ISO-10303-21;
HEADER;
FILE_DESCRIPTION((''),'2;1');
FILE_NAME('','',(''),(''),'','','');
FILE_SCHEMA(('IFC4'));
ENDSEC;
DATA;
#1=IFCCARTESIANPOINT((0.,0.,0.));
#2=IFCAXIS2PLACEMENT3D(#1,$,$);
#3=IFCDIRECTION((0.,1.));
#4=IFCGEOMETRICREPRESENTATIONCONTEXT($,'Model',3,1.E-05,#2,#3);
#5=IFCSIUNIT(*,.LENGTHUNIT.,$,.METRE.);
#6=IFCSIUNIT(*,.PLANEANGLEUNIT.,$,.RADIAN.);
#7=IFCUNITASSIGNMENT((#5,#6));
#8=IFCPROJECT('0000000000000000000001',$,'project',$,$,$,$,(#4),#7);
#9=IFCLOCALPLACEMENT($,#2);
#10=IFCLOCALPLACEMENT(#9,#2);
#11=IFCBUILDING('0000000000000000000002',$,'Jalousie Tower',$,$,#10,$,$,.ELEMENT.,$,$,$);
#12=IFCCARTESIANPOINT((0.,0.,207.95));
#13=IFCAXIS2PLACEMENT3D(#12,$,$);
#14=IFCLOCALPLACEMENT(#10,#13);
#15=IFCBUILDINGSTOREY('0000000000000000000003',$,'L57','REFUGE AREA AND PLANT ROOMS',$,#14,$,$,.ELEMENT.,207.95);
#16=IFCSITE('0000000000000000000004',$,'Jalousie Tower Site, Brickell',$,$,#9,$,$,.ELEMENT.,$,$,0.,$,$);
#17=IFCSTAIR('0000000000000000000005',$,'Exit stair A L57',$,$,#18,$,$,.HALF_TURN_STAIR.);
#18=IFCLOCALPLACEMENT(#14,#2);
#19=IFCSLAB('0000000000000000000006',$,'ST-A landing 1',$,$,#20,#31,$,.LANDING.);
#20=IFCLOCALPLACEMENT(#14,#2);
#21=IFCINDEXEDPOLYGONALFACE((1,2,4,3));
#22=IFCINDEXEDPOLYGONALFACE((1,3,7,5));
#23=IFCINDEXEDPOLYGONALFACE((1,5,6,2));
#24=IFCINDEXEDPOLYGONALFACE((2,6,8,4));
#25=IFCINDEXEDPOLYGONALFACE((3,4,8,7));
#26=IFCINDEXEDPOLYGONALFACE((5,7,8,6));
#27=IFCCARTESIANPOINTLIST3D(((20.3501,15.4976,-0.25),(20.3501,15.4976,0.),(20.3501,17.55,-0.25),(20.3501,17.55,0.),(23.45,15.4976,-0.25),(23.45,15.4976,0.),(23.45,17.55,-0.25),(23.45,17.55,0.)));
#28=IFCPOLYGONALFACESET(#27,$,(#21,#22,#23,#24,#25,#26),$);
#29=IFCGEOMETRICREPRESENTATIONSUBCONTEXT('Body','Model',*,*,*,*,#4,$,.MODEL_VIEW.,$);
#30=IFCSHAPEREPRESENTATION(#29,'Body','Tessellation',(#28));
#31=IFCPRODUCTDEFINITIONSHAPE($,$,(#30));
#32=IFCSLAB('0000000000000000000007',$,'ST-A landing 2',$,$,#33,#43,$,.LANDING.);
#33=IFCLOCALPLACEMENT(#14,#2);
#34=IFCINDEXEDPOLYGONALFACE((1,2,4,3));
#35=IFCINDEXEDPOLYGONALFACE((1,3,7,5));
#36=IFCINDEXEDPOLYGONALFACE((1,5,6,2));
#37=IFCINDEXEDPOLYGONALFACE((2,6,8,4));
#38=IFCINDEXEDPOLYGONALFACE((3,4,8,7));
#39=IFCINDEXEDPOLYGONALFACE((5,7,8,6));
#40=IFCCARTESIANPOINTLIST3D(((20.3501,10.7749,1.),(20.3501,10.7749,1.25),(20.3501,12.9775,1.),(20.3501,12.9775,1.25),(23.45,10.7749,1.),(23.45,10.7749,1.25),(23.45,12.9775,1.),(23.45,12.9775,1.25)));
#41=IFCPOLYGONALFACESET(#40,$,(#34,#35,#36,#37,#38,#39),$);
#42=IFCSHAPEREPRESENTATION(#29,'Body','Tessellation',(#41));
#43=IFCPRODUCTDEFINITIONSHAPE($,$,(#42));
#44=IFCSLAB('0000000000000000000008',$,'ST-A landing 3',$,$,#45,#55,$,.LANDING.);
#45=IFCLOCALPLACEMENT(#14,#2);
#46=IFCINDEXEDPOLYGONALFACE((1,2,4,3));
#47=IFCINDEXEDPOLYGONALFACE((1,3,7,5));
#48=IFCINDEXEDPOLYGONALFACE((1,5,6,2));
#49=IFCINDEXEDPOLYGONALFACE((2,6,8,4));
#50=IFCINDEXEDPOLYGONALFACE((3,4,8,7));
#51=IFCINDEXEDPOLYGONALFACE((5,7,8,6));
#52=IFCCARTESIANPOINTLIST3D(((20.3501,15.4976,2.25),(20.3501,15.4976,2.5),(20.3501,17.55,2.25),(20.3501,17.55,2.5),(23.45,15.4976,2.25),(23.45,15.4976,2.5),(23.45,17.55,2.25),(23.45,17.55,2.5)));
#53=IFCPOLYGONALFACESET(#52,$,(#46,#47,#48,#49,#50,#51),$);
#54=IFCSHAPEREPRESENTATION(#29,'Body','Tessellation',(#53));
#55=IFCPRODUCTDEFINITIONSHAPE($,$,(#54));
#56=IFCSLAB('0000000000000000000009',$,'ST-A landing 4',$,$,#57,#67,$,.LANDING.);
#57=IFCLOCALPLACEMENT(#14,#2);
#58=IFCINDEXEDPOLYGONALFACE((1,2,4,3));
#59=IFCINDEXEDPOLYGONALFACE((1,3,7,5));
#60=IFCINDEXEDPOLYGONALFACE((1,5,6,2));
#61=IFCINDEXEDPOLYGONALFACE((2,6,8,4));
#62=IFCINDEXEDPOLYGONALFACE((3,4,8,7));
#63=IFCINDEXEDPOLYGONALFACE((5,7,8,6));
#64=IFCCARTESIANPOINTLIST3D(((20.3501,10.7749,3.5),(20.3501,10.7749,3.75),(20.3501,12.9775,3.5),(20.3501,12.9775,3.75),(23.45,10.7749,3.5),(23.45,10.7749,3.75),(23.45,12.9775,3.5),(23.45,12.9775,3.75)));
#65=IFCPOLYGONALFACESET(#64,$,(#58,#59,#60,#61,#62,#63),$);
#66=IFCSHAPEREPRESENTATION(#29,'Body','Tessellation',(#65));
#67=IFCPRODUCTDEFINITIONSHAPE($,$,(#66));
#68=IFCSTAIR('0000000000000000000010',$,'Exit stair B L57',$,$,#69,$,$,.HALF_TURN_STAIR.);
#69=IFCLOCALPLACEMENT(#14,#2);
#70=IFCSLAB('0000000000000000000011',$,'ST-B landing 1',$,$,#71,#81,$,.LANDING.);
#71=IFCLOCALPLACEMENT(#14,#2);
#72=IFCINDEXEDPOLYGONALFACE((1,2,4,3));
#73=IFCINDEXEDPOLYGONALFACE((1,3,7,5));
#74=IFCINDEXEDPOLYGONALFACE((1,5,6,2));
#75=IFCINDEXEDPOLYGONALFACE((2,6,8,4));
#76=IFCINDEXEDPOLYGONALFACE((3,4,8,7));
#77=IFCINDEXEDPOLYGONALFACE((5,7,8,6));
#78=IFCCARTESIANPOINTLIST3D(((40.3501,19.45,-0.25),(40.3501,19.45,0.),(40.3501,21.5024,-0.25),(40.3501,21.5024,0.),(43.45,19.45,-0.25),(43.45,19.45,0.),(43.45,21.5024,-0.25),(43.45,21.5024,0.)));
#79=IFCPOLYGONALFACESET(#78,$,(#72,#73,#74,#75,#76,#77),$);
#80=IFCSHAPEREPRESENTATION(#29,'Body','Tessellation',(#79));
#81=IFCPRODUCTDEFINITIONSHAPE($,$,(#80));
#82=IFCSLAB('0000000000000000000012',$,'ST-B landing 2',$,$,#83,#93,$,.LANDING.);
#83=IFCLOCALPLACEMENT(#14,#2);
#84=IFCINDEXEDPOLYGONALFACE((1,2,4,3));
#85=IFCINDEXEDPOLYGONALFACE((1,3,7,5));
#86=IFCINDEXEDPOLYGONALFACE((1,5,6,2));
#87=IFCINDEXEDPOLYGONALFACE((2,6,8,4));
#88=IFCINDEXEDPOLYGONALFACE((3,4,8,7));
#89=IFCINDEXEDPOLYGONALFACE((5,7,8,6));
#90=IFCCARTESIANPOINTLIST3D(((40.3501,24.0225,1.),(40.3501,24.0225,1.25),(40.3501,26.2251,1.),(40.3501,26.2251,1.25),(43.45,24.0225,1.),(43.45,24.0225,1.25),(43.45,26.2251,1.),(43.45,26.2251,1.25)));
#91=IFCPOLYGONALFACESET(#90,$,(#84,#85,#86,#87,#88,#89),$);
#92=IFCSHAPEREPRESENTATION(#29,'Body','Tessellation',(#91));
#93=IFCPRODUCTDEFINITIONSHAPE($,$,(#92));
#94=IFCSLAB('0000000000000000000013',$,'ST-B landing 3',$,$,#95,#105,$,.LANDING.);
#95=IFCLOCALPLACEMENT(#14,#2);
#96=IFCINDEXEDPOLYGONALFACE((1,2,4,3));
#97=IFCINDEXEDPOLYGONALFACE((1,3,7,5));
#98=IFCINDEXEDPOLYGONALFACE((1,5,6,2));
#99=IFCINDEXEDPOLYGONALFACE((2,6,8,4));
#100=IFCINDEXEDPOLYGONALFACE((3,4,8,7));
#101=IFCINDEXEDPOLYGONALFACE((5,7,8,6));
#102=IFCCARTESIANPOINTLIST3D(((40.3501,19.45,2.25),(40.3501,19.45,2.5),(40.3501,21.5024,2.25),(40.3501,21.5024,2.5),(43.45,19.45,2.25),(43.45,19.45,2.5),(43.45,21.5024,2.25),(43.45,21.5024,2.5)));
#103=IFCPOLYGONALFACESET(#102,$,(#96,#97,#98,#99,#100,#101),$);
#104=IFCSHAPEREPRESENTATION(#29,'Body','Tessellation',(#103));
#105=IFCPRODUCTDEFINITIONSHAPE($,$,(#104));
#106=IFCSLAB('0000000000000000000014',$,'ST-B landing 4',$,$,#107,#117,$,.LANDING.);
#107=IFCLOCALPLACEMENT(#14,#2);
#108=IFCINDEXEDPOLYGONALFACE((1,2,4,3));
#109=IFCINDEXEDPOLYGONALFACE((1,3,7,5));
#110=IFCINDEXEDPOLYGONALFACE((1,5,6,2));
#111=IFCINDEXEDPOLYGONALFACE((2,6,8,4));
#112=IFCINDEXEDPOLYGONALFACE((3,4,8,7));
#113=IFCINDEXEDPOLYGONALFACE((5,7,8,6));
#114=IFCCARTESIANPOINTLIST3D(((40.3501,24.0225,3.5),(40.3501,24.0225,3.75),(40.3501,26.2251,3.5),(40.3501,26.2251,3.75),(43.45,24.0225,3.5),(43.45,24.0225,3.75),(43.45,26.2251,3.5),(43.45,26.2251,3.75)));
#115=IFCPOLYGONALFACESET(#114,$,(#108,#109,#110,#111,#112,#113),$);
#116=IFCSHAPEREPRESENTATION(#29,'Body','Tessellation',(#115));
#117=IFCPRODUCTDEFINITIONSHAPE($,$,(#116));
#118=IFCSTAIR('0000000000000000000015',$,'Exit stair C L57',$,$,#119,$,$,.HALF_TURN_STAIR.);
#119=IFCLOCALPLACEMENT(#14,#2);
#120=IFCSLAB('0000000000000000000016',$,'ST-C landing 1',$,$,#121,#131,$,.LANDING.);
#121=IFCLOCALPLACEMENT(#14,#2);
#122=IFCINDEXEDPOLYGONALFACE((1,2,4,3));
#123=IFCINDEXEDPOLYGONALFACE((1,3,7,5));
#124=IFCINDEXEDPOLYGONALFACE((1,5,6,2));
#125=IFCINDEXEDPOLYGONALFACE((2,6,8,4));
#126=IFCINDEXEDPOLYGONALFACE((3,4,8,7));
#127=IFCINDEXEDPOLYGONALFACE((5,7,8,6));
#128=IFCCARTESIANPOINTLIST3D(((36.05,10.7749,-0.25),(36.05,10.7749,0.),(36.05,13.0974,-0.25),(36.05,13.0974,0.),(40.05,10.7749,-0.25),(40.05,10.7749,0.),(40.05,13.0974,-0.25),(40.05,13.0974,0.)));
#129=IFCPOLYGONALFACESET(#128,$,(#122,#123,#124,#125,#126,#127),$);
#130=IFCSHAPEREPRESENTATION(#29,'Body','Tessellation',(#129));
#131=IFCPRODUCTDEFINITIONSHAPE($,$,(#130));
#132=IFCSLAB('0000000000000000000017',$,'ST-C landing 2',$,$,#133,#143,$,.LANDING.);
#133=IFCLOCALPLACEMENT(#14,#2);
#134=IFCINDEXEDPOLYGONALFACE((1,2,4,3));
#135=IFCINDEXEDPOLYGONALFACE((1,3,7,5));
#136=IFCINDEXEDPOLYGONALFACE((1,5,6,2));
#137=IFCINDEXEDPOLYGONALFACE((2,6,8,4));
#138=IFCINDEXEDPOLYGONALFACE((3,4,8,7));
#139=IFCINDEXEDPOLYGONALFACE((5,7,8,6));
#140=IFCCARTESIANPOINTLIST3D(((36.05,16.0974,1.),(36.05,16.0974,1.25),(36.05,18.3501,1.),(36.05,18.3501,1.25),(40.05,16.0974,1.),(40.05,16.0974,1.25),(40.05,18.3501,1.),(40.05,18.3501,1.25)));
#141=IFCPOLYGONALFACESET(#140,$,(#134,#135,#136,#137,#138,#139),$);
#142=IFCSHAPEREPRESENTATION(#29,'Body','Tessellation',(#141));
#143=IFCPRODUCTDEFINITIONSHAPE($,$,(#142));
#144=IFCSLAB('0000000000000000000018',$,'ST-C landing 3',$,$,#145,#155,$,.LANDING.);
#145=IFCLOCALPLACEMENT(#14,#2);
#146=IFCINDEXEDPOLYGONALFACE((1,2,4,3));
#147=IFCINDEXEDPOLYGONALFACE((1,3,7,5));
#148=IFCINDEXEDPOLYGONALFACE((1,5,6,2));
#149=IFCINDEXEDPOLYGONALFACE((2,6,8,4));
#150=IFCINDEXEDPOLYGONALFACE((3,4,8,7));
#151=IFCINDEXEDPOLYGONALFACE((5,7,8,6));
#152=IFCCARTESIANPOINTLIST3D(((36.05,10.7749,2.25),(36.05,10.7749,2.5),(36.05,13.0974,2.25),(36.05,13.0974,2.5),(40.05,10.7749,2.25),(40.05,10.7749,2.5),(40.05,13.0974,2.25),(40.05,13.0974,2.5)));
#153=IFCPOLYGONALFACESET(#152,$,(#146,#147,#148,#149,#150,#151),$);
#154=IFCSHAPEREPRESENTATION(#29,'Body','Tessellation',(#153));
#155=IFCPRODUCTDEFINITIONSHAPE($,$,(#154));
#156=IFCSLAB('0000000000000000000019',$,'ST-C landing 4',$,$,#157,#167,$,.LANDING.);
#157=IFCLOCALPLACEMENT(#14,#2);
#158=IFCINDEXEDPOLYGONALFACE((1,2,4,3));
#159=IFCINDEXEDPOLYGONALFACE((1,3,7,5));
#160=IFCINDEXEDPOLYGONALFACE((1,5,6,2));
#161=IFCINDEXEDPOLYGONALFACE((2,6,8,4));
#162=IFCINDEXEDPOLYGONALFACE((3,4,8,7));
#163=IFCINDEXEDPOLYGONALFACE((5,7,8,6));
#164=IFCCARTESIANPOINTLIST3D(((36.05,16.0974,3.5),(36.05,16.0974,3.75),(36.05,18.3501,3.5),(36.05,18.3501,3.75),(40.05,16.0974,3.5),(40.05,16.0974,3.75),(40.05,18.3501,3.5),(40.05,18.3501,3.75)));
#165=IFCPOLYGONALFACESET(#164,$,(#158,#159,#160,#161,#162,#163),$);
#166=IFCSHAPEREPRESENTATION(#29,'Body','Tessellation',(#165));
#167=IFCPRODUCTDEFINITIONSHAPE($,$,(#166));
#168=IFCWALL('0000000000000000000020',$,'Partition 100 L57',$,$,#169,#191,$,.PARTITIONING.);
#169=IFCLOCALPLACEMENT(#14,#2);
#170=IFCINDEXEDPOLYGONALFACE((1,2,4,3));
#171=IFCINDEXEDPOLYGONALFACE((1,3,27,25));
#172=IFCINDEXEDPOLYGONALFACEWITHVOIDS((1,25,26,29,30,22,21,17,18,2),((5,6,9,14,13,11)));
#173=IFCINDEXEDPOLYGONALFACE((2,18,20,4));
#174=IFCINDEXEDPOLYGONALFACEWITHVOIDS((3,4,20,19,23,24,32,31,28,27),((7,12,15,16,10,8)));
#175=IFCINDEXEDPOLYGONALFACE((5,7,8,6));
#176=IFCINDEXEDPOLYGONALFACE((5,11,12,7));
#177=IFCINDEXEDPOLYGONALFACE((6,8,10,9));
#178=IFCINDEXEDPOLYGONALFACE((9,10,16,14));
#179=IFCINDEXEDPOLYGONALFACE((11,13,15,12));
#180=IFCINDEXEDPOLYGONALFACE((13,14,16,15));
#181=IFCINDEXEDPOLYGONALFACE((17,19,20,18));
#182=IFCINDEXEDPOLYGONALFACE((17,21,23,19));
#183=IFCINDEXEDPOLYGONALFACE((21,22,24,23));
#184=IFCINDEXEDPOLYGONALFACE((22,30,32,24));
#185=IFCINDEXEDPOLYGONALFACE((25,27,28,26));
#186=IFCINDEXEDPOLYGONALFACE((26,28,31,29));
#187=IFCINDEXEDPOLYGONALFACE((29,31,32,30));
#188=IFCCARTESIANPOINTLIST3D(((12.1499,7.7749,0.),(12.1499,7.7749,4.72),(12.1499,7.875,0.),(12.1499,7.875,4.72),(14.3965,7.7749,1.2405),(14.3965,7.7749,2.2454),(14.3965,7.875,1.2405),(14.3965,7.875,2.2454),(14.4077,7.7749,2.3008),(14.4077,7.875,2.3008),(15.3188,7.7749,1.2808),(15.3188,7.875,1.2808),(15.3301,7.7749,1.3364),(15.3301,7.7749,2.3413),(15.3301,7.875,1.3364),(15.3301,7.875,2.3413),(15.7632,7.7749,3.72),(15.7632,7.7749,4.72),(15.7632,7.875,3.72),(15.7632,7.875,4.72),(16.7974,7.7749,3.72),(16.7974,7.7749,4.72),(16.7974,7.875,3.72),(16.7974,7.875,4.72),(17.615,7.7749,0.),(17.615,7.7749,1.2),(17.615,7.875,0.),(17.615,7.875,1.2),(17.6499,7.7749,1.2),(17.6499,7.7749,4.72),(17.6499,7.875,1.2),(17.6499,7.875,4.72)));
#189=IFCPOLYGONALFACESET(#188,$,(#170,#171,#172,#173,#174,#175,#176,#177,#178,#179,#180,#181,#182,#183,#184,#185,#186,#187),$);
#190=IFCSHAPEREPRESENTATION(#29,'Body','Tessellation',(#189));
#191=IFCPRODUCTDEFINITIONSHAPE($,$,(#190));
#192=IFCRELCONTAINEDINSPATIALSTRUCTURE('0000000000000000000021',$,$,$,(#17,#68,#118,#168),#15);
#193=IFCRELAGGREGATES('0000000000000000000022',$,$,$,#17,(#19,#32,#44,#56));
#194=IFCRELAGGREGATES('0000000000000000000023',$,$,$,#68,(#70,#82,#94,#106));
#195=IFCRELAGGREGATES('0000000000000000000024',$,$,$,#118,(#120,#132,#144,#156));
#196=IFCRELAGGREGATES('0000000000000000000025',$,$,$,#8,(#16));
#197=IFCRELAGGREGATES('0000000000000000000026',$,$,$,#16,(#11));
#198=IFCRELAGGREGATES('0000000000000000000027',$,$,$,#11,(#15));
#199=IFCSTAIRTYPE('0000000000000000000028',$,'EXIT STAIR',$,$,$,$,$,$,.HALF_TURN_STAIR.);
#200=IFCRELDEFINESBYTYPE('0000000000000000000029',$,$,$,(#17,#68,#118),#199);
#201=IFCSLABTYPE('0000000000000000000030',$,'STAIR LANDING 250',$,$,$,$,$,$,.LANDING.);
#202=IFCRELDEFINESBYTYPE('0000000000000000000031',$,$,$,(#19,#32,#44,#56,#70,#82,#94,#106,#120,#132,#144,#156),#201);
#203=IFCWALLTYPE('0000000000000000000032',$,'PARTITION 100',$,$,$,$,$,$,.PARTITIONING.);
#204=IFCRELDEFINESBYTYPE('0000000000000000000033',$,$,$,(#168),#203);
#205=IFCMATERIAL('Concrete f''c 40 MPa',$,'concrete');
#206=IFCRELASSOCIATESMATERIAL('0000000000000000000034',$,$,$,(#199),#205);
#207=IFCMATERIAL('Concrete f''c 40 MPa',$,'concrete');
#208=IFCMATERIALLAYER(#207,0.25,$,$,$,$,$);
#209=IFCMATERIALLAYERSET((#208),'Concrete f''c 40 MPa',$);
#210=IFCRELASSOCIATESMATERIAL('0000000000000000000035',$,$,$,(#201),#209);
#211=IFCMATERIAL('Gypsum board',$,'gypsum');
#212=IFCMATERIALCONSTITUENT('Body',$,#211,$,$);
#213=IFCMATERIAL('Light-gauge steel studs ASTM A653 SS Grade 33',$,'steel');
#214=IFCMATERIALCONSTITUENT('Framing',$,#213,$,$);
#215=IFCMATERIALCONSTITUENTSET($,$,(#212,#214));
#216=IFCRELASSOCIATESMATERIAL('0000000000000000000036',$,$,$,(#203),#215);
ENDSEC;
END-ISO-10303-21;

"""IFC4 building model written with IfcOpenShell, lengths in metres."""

from ifc_helpers import new_model, si_unit, direction, frame, origin, place, context, subcontext, project, spatial, polyline, outline, extrude, material, layer, layer_set, constituent, constituent_set, type_object, element, aggregate, save


model = new_model("IFC4")

# Units and contexts
model_context = context("Model", 3, precision=1e-05, world=origin(), true_north=direction((0.0, 1.0)))
body_context = subcontext(model_context, "Body", "Model", "MODEL_VIEW")
ifc_project = project(units=[si_unit("LENGTHUNIT", "METRE"), si_unit("PLANEANGLEUNIT", "RADIAN")], contexts=[model_context])

# Site, building, storey
site_placement = place(None, origin())
site = spatial("IfcSite", under=ifc_project, at=site_placement, Name="Jalousie Tower Site, Brickell", CompositionType="ELEMENT", RefElevation=0.0)
building_placement = place(site_placement, origin())
building = spatial("IfcBuilding", under=site, at=building_placement, Name="Jalousie Tower", CompositionType="ELEMENT")
storey_placement = place(building_placement, frame((0.0, 0.0, 207.95)))
storey = spatial("IfcBuildingStorey", under=building, at=storey_placement, Name="L57", Description="REFUGE AREA AND PLANT ROOMS", CompositionType="ELEMENT", Elevation=207.95)

# Stairs, slabs
ifc_material_1 = material(Name="Concrete f'c 40 MPa", Category="concrete")
stair_type = type_object("IfcStairType", Name="EXIT STAIR", PredefinedType="HALF_TURN_STAIR", material=ifc_material_1)
stair_1_placement = place(storey_placement, origin())
stair_1 = element("IfcStair", 1, at=stair_1_placement, inside=storey, type_object=stair_type, Name="Exit stair A L57", PredefinedType="HALF_TURN_STAIR")
ifc_material_2 = material(Name="Concrete f'c 40 MPa", Category="concrete")
ifc_layer_1 = layer(ifc_material_2, 0.25)
ifc_layer_set_1 = layer_set([ifc_layer_1], Name="Concrete f'c 40 MPa")
slab_type_1 = type_object("IfcSlabType", Name="STAIR LANDING 250", PredefinedType="LANDING", material=ifc_layer_set_1)
slab_1_placement = place(storey_placement, frame((0.0, 0.0, -0.25)))
slab_1 = element("IfcSlab", 2, at=slab_1_placement, type_object=slab_type_1, Name="ST-A landing 1", PredefinedType="LANDING", context=body_context, shape_type="SweptSolid", body=[
    extrude(outline(polyline([(20.3501, 15.4976), (23.45, 15.4976), (23.45, 17.55), (20.3501, 17.55), (20.3501, 15.4976)])), origin(), (0.0, 0.0, 1.0), 0.25),
])
slab_2_placement = place(storey_placement, frame((0.0, 0.0, 1.0)))
slab_2 = element("IfcSlab", 3, at=slab_2_placement, type_object=slab_type_1, Name="ST-A landing 2", PredefinedType="LANDING", context=body_context, shape_type="SweptSolid", body=[
    extrude(outline(polyline([(20.3501, 10.7749), (23.45, 10.7749), (23.45, 12.9775), (20.3501, 12.9775), (20.3501, 10.7749)])), origin(), (0.0, 0.0, 1.0), 0.25),
])
slab_3_placement = place(storey_placement, frame((0.0, 0.0, 2.25)))
slab_3 = element("IfcSlab", 4, at=slab_3_placement, type_object=slab_type_1, Name="ST-A landing 3", PredefinedType="LANDING", context=body_context, shape_type="SweptSolid", body=[
    extrude(outline(polyline([(20.3501, 15.4976), (23.45, 15.4976), (23.45, 17.55), (20.3501, 17.55), (20.3501, 15.4976)])), origin(), (0.0, 0.0, 1.0), 0.25),
])
slab_4_placement = place(storey_placement, frame((0.0, 0.0, 3.5)))
slab_4 = element("IfcSlab", 5, at=slab_4_placement, type_object=slab_type_1, Name="ST-A landing 4", PredefinedType="LANDING", context=body_context, shape_type="SweptSolid", body=[
    extrude(outline(polyline([(20.3501, 10.7749), (23.45, 10.7749), (23.45, 12.9775), (20.3501, 12.9775), (20.3501, 10.7749)])), origin(), (0.0, 0.0, 1.0), 0.25),
])
aggregate(stair_1, [slab_1, slab_2, slab_3, slab_4])
stair_2_placement = place(storey_placement, origin())
stair_2 = element("IfcStair", 6, at=stair_2_placement, inside=storey, type_object=stair_type, Name="Exit stair B L57", PredefinedType="HALF_TURN_STAIR")
slab_5_placement = place(storey_placement, frame((0.0, 0.0, -0.25)))
slab_5 = element("IfcSlab", 7, at=slab_5_placement, type_object=slab_type_1, Name="ST-B landing 1", PredefinedType="LANDING", context=body_context, shape_type="SweptSolid", body=[
    extrude(outline(polyline([(40.3501, 19.45), (43.45, 19.45), (43.45, 21.5024), (40.3501, 21.5024), (40.3501, 19.45)])), origin(), (0.0, 0.0, 1.0), 0.25),
])
slab_6_placement = place(storey_placement, frame((0.0, 0.0, 1.0)))
slab_6 = element("IfcSlab", 8, at=slab_6_placement, type_object=slab_type_1, Name="ST-B landing 2", PredefinedType="LANDING", context=body_context, shape_type="SweptSolid", body=[
    extrude(outline(polyline([(40.3501, 24.0225), (43.45, 24.0225), (43.45, 26.2251), (40.3501, 26.2251), (40.3501, 24.0225)])), origin(), (0.0, 0.0, 1.0), 0.25),
])
slab_7_placement = place(storey_placement, frame((0.0, 0.0, 2.25)))
slab_7 = element("IfcSlab", 9, at=slab_7_placement, type_object=slab_type_1, Name="ST-B landing 3", PredefinedType="LANDING", context=body_context, shape_type="SweptSolid", body=[
    extrude(outline(polyline([(40.3501, 19.45), (43.45, 19.45), (43.45, 21.5024), (40.3501, 21.5024), (40.3501, 19.45)])), origin(), (0.0, 0.0, 1.0), 0.25),
])
slab_8_placement = place(storey_placement, frame((0.0, 0.0, 3.5)))
slab_8 = element("IfcSlab", 10, at=slab_8_placement, type_object=slab_type_1, Name="ST-B landing 4", PredefinedType="LANDING", context=body_context, shape_type="SweptSolid", body=[
    extrude(outline(polyline([(40.3501, 24.0225), (43.45, 24.0225), (43.45, 26.2251), (40.3501, 26.2251), (40.3501, 24.0225)])), origin(), (0.0, 0.0, 1.0), 0.25),
])
aggregate(stair_2, [slab_5, slab_6, slab_7, slab_8])
stair_3_placement = place(storey_placement, origin())
stair_3 = element("IfcStair", 11, at=stair_3_placement, inside=storey, type_object=stair_type, Name="Exit stair C L57", PredefinedType="HALF_TURN_STAIR")
slab_9_placement = place(storey_placement, frame((0.0, 0.0, -0.25)))
slab_9 = element("IfcSlab", 12, at=slab_9_placement, type_object=slab_type_1, Name="ST-C landing 1", PredefinedType="LANDING", context=body_context, shape_type="SweptSolid", body=[
    extrude(outline(polyline([(36.05, 10.7749), (40.05, 10.7749), (40.05, 13.0974), (36.05, 13.0974), (36.05, 10.7749)])), origin(), (0.0, 0.0, 1.0), 0.25),
])
slab_10_placement = place(storey_placement, frame((0.0, 0.0, 1.0)))
slab_10 = element("IfcSlab", 13, at=slab_10_placement, type_object=slab_type_1, Name="ST-C landing 2", PredefinedType="LANDING", context=body_context, shape_type="SweptSolid", body=[
    extrude(outline(polyline([(36.05, 16.0974), (40.05, 16.0974), (40.05, 18.3501), (36.05, 18.3501), (36.05, 16.0974)])), origin(), (0.0, 0.0, 1.0), 0.25),
])
slab_11_placement = place(storey_placement, frame((0.0, 0.0, 2.25)))
slab_11 = element("IfcSlab", 14, at=slab_11_placement, type_object=slab_type_1, Name="ST-C landing 3", PredefinedType="LANDING", context=body_context, shape_type="SweptSolid", body=[
    extrude(outline(polyline([(36.05, 10.7749), (40.05, 10.7749), (40.05, 13.0974), (36.05, 13.0974), (36.05, 10.7749)])), origin(), (0.0, 0.0, 1.0), 0.25),
])
slab_12_placement = place(storey_placement, frame((0.0, 0.0, 3.5)))
slab_12 = element("IfcSlab", 15, at=slab_12_placement, type_object=slab_type_1, Name="ST-C landing 4", PredefinedType="LANDING", context=body_context, shape_type="SweptSolid", body=[
    extrude(outline(polyline([(36.05, 16.0974), (40.05, 16.0974), (40.05, 18.3501), (36.05, 18.3501), (36.05, 16.0974)])), origin(), (0.0, 0.0, 1.0), 0.25),
])
aggregate(stair_3, [slab_9, slab_10, slab_11, slab_12])

# Wall
ifc_material_3 = material(Name="Gypsum board", Category="gypsum")
ifc_constituent_1 = constituent(ifc_material_3, Name="Body")
ifc_material_4 = material(Name="Light-gauge steel studs ASTM A653 SS Grade 33", Category="steel")
ifc_constituent_2 = constituent(ifc_material_4, Name="Framing")
ifc_constituent_set = constituent_set(constituents=[ifc_constituent_1, ifc_constituent_2])
wall_type = type_object("IfcWallType", Name="PARTITION 100", PredefinedType="PARTITIONING", material=ifc_constituent_set)
wall_placement = place(storey_placement, frame((12.1499, 7.825, 0.0), z_axis=(0.0, 0.0, 1.0), x_axis=(1.0, 0.0, 0.0)))
element("IfcWall", 16, at=wall_placement, inside=storey, type_object=wall_type, Name="Partition 100 L57", PredefinedType="PARTITIONING", context=body_context, shape_type="SweptSolid", body=[
    extrude(outline(polyline([(5.5, 1.2), (5.5, 4.72), (4.6475, 4.72), (4.6475, 3.72), (3.6133, 3.72), (3.6133, 4.72), (0.0, 4.72), (0.0, 0.0), (5.4651, 0.0), (5.4651, 1.2), (5.5, 1.2)]), holes=[polyline([(2.2466, 1.2405), (2.2466, 2.2454), (2.2578, 2.3008), (3.1802, 2.3413), (3.1802, 1.3364), (3.1689, 1.2808), (2.2466, 1.2405)])]), frame((0.0, 0.05, 0.0), z_axis=(0.0, -1.0, 0.0), x_axis=(1.0, 0.0, 0.0)), (0.0, 0.0, 1.0), 0.1001),
])

save(model, "model.ifc")
